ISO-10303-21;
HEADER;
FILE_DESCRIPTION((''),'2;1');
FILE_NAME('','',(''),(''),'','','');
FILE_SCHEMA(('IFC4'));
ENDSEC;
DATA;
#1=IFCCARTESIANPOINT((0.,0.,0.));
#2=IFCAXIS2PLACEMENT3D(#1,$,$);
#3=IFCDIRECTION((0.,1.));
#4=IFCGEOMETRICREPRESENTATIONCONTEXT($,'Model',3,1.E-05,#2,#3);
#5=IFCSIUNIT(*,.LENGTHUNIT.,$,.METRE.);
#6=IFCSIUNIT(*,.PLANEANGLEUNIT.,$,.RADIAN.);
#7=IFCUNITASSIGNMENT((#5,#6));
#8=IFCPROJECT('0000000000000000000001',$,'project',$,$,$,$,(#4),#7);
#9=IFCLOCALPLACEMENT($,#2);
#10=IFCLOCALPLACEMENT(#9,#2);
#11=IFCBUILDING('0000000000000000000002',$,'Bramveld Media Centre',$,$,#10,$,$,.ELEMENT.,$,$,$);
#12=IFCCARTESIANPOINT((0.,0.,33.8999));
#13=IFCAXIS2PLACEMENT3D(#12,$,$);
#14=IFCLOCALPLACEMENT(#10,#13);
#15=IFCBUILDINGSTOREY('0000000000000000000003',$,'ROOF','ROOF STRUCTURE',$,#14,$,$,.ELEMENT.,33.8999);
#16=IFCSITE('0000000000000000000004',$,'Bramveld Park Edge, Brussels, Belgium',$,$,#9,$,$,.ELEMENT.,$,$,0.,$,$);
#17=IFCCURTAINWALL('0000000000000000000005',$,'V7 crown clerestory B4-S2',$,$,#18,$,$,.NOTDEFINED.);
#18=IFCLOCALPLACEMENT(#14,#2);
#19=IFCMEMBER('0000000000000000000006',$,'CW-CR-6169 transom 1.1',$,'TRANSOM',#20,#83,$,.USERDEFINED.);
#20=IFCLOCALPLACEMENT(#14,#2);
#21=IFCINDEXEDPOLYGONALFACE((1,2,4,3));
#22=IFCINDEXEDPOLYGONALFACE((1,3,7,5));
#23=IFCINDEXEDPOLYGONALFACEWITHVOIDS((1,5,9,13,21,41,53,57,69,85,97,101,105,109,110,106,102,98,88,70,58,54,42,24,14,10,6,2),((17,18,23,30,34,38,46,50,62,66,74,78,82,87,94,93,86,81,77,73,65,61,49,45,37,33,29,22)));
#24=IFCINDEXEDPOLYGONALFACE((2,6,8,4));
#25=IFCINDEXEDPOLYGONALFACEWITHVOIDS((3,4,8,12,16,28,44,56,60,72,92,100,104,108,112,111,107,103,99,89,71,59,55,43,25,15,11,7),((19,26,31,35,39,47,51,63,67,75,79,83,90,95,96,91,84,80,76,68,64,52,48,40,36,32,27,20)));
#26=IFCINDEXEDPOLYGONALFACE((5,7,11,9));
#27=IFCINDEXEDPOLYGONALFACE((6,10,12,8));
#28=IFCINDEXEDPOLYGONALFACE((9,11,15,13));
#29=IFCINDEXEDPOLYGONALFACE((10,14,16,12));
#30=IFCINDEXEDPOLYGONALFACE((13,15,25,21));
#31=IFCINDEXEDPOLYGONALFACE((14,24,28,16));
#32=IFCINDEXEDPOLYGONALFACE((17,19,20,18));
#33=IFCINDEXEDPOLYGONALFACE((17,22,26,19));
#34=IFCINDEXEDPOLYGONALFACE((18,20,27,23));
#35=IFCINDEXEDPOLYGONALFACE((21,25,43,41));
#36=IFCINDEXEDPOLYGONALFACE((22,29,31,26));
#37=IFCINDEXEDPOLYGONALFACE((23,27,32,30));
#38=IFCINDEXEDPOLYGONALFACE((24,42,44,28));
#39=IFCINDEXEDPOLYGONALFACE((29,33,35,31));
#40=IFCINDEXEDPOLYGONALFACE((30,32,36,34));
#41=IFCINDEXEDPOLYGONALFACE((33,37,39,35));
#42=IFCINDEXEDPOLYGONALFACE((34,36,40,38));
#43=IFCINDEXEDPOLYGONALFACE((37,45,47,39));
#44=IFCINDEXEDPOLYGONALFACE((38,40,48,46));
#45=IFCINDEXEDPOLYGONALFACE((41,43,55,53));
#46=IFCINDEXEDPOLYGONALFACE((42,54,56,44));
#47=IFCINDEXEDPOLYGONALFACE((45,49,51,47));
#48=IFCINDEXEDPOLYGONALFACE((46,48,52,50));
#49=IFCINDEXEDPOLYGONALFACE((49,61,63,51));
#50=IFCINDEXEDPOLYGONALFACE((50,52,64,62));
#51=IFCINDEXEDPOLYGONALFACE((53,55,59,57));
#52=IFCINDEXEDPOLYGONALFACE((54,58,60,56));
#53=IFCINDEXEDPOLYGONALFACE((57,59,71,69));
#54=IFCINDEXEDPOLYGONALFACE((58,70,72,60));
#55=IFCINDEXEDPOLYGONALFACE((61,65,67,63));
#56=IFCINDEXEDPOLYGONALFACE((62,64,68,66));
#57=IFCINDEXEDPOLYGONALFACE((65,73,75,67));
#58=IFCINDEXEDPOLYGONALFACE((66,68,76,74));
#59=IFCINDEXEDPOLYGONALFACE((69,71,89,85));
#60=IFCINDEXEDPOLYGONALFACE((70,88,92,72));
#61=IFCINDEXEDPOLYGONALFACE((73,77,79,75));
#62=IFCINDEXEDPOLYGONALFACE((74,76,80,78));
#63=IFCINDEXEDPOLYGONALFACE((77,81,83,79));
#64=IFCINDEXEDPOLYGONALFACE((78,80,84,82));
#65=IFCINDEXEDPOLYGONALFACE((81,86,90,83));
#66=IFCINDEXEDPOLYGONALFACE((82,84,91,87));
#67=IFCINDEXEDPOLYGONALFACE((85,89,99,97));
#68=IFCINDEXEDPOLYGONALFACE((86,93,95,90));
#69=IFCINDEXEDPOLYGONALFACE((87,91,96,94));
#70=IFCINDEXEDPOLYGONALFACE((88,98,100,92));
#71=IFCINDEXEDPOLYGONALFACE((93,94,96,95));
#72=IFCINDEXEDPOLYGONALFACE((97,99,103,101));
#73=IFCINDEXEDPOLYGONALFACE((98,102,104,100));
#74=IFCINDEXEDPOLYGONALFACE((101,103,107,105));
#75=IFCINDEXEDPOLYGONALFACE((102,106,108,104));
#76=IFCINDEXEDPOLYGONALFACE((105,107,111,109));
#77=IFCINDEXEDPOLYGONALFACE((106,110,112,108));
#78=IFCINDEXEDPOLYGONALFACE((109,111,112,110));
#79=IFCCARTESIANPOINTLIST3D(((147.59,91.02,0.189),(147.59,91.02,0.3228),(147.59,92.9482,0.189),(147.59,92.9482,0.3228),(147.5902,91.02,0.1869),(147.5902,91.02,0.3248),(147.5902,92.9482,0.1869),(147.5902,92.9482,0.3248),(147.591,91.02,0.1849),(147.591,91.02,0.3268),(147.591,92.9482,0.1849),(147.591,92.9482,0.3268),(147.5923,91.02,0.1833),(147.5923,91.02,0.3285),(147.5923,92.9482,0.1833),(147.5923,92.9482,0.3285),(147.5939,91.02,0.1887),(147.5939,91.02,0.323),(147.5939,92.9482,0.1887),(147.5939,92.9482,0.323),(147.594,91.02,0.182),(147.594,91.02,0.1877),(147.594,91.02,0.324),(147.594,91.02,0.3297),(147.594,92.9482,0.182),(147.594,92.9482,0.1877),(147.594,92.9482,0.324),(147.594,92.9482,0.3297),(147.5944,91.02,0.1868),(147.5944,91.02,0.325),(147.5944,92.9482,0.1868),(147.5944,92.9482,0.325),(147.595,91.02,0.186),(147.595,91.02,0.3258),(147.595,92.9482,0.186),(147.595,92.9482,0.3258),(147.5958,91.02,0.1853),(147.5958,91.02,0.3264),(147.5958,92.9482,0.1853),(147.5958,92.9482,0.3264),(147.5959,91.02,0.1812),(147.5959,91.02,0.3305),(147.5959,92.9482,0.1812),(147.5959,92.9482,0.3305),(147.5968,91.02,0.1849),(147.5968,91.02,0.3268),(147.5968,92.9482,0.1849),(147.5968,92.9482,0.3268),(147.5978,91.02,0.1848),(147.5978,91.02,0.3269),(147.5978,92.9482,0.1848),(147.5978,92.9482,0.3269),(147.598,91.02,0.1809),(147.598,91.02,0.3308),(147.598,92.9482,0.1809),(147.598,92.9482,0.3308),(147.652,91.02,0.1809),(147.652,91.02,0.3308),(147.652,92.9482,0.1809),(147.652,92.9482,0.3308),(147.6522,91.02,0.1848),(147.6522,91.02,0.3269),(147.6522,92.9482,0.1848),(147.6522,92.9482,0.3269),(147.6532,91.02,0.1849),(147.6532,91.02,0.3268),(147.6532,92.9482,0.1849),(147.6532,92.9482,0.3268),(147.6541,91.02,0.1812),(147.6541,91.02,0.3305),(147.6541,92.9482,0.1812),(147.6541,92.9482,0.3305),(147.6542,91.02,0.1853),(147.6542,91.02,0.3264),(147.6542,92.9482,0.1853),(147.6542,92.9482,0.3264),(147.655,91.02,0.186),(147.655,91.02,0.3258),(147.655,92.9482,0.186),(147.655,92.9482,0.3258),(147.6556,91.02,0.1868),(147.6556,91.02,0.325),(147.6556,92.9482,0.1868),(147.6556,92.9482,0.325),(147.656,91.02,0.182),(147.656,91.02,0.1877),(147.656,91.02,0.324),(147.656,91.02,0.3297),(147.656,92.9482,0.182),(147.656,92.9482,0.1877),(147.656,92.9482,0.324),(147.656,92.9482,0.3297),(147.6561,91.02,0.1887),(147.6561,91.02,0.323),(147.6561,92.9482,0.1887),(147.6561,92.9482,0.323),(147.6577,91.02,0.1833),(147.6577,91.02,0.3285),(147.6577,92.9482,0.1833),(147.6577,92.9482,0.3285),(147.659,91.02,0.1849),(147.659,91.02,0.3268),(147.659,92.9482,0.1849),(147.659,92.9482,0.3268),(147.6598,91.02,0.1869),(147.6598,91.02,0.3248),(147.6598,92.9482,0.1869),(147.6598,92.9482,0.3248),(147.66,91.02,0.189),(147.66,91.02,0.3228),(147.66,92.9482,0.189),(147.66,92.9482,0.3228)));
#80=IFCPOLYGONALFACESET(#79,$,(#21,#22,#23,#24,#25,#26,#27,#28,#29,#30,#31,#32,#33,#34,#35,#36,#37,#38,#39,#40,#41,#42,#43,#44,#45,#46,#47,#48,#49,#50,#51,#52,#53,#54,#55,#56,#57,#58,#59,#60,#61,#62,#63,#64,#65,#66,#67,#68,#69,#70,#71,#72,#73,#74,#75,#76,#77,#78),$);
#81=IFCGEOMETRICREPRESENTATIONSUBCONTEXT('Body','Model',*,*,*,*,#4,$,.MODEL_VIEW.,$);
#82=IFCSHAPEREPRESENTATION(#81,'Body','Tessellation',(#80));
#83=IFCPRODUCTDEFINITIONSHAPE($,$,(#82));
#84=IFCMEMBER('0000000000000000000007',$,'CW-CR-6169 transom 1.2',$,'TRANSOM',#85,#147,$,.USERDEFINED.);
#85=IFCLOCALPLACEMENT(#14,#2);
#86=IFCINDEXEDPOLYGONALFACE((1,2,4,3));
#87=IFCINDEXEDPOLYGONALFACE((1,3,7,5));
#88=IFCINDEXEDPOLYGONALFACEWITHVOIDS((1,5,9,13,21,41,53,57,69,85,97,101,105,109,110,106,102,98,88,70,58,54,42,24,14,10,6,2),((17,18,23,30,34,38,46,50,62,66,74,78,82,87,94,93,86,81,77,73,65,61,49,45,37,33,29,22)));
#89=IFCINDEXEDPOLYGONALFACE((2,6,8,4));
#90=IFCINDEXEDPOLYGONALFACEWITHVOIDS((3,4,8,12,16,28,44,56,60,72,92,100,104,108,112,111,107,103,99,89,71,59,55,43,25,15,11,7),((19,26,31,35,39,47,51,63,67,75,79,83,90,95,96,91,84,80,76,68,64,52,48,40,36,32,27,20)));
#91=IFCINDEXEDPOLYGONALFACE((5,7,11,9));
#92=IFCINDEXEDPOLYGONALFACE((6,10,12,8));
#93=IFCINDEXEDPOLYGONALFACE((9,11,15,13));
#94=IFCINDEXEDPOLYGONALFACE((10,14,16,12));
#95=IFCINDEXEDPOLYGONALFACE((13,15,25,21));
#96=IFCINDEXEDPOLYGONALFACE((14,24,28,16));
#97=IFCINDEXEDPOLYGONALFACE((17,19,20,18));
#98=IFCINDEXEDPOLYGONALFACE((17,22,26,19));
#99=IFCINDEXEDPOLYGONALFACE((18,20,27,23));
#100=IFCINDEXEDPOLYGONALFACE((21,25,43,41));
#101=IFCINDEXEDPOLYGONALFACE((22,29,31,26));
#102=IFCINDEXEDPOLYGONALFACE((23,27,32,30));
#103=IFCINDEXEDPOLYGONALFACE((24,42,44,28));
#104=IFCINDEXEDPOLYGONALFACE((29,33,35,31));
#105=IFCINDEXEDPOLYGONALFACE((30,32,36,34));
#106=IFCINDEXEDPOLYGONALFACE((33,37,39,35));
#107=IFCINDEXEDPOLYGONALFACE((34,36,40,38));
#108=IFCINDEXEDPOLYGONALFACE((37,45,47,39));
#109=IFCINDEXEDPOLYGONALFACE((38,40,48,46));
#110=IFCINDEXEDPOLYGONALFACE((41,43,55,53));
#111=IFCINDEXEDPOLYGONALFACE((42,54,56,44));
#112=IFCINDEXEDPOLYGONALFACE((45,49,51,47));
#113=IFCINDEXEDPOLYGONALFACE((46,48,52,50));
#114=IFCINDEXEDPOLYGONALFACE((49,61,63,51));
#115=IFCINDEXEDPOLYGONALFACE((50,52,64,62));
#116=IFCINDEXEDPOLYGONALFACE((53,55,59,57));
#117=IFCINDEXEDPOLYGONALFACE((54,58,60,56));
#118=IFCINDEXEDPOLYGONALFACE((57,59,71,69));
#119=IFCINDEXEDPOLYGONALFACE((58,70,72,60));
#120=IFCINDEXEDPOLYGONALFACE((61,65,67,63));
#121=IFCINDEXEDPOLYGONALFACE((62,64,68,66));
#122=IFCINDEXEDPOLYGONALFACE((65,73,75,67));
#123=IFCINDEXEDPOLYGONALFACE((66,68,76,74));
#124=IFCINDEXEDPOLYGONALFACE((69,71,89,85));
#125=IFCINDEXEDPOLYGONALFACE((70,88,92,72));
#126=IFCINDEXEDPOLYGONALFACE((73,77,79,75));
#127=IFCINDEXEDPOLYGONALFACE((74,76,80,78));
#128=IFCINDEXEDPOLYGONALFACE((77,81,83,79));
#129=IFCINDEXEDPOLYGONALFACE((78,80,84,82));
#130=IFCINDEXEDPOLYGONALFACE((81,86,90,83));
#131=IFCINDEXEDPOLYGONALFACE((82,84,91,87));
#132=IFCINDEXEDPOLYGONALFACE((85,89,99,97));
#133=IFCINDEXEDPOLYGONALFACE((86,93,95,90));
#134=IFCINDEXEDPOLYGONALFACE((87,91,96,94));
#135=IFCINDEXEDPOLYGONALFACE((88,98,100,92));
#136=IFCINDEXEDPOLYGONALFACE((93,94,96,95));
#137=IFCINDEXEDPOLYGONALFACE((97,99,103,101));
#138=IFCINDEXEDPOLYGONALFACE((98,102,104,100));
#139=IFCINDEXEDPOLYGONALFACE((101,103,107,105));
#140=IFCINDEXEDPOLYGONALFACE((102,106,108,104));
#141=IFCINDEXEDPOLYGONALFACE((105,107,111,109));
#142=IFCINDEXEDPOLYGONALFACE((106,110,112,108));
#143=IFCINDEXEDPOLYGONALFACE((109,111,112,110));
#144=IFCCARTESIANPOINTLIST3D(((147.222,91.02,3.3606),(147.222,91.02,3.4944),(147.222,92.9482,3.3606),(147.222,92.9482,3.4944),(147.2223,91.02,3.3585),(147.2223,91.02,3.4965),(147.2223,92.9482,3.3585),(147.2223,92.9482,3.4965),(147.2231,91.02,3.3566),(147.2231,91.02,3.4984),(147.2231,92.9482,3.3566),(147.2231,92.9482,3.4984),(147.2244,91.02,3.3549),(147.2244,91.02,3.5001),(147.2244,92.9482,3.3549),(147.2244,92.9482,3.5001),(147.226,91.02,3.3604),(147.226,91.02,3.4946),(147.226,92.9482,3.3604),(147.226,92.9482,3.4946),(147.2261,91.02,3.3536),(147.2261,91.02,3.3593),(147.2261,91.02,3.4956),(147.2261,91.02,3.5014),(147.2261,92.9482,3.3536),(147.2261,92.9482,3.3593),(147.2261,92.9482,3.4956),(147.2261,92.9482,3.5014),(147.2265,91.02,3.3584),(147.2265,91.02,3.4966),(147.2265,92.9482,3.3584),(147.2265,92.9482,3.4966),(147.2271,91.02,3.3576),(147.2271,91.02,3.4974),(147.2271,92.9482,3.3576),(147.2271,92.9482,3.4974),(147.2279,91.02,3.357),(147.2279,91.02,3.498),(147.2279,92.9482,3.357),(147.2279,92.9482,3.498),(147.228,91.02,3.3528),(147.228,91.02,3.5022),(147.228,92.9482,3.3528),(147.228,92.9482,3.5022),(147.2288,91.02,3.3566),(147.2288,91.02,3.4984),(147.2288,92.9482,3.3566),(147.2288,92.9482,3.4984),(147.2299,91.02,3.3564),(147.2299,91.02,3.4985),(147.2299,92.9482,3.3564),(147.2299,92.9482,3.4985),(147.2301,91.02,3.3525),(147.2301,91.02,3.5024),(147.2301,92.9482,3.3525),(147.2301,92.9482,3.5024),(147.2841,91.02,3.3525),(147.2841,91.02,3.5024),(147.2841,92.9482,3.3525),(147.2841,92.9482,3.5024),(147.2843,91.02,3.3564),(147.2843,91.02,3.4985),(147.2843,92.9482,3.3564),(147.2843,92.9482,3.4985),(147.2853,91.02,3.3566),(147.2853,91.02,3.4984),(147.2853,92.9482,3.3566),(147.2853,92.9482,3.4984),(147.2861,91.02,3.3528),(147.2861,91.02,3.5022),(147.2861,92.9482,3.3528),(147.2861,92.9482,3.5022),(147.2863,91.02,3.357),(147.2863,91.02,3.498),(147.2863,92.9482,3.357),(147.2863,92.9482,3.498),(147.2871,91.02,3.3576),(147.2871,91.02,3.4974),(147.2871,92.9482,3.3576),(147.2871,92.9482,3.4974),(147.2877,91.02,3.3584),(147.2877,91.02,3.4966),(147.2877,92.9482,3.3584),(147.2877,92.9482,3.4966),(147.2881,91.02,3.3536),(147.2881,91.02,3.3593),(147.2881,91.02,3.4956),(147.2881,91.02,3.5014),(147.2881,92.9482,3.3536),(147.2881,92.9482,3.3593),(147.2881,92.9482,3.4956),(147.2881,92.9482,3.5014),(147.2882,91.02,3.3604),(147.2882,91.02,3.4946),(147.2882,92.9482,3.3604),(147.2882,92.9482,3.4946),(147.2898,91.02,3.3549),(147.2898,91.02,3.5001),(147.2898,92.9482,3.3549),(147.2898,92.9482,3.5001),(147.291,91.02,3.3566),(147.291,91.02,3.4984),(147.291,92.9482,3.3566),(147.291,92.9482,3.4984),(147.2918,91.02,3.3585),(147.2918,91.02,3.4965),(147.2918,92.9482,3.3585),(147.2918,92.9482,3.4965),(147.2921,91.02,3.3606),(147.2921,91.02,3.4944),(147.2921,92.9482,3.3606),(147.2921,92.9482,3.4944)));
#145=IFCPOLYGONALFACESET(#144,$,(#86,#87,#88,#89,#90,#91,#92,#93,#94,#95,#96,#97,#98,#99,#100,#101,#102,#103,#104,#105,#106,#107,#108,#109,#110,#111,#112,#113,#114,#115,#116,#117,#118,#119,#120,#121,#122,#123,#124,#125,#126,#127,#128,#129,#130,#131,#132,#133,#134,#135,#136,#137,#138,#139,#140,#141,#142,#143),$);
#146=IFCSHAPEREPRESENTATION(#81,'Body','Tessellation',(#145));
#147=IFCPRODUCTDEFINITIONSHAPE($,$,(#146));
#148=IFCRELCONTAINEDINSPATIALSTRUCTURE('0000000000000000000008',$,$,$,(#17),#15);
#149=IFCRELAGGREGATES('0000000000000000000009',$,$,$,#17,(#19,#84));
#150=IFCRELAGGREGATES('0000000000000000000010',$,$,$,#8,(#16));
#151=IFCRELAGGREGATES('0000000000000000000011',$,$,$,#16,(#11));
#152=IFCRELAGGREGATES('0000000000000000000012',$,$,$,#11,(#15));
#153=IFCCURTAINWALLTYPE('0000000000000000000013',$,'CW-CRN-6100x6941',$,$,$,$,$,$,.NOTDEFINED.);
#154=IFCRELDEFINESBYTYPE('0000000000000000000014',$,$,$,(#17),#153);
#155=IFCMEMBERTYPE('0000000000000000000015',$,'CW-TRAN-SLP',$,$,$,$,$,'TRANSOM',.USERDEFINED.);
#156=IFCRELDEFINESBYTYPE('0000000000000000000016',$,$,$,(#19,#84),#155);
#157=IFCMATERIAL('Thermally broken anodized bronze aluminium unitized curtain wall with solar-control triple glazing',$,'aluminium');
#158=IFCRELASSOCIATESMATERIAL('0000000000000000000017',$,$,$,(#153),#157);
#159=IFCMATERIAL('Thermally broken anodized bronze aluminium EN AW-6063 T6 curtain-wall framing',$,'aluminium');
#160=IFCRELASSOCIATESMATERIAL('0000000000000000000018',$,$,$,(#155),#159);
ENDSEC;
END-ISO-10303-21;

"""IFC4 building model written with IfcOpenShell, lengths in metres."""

from ifc_helpers import new_model, si_unit, direction, frame, origin, origin_2d, place, context, subcontext, project, spatial, hollow_rectangle, extrude, material, material_profile, profile_set, type_object, element, aggregate, save


model = new_model("IFC4")

# Units and contexts
model_context = context("Model", 3, precision=1e-05, world=origin(), true_north=direction((0.0, 1.0)))
body_context = subcontext(model_context, "Body", "Model", "MODEL_VIEW")
ifc_project = project(units=[si_unit("LENGTHUNIT", "METRE"), si_unit("PLANEANGLEUNIT", "RADIAN")], contexts=[model_context])

# Site, building, storey
site_placement = place(None, origin())
site = spatial("IfcSite", under=ifc_project, at=site_placement, Name="Bramveld Park Edge, Brussels, Belgium", CompositionType="ELEMENT", RefElevation=0.0)
building_placement = place(site_placement, origin())
building = spatial("IfcBuilding", under=site, at=building_placement, Name="Bramveld Media Centre", CompositionType="ELEMENT")
storey_placement = place(building_placement, frame((0.0, 0.0, 33.8999)))
storey = spatial("IfcBuildingStorey", under=building, at=storey_placement, Name="ROOF", Description="ROOF STRUCTURE", CompositionType="ELEMENT", Elevation=33.8999)

# Shared definitions
ifc_material_1 = material(Name="Thermally broken anodized bronze aluminium unitized curtain wall with solar-control triple glazing", Category="aluminium")
curtain_wall_type = type_object("IfcCurtainWallType", Name="CW-CRN-6100x6941", PredefinedType="NOTDEFINED", material=ifc_material_1)

# Curtain wall
curtain_wall_1_placement = place(storey_placement, origin())
curtain_wall_1 = element("IfcCurtainWall", 1, at=curtain_wall_1_placement, inside=storey, type_object=curtain_wall_type, Name="V7 crown clerestory B4-S2", PredefinedType="NOTDEFINED")

# Members
ifc_material_2 = material(Name="Thermally broken anodized bronze aluminium EN AW-6063 T6 curtain-wall framing", Category="aluminium")
ifc_material_profile_1 = material_profile(ifc_material_2, hollow_rectangle(XDim=0.0701, YDim=0.1499, WallThickness=0.0039, InnerFilletRadius=0.0039, OuterFilletRadius=0.0081, at=origin_2d()), Name="AL-TRAN 70x150")
ifc_profile_set_1 = profile_set([ifc_material_profile_1], Name="Thermally broken anodized bronze aluminium EN AW-6063 T6 curtain-wall framing")
member_type_1 = type_object("IfcMemberType", Name="CW-TRAN-SLP", ElementType="TRANSOM", PredefinedType="USERDEFINED", material=ifc_profile_set_1)
member_1_placement = place(storey_placement, frame((147.625, 91.02, 0.2559), z_axis=(0.0, 1.0, 0.0), x_axis=(-1.0, 0.0, 0.0)))
member_1 = element("IfcMember", 2, at=member_1_placement, type_object=member_type_1, Name="CW-CR-6169 transom 1.1", ObjectType="TRANSOM", PredefinedType="USERDEFINED", context=body_context, shape_type="SweptSolid", body=[
    extrude(hollow_rectangle(XDim=0.0701, YDim=0.1499, WallThickness=0.0039, InnerFilletRadius=0.0039, OuterFilletRadius=0.0081, at=origin_2d()), origin(), (0.0, 0.0, 1.0), 1.9282),
])
member_2_placement = place(storey_placement, frame((147.2571, 91.02, 3.4275), z_axis=(0.0, 1.0, 0.0), x_axis=(-1.0, 0.0, 0.0)))
member_2 = element("IfcMember", 3, at=member_2_placement, type_object=member_type_1, Name="CW-CR-6169 transom 1.2", ObjectType="TRANSOM", PredefinedType="USERDEFINED", context=body_context, shape_type="SweptSolid", body=[
    extrude(hollow_rectangle(XDim=0.0701, YDim=0.1499, WallThickness=0.0039, InnerFilletRadius=0.0039, OuterFilletRadius=0.0081, at=origin_2d()), origin(), (0.0, 0.0, 1.0), 1.9282),
])

aggregate(curtain_wall_1, [member_1, member_2])

save(model, "model.ifc")
